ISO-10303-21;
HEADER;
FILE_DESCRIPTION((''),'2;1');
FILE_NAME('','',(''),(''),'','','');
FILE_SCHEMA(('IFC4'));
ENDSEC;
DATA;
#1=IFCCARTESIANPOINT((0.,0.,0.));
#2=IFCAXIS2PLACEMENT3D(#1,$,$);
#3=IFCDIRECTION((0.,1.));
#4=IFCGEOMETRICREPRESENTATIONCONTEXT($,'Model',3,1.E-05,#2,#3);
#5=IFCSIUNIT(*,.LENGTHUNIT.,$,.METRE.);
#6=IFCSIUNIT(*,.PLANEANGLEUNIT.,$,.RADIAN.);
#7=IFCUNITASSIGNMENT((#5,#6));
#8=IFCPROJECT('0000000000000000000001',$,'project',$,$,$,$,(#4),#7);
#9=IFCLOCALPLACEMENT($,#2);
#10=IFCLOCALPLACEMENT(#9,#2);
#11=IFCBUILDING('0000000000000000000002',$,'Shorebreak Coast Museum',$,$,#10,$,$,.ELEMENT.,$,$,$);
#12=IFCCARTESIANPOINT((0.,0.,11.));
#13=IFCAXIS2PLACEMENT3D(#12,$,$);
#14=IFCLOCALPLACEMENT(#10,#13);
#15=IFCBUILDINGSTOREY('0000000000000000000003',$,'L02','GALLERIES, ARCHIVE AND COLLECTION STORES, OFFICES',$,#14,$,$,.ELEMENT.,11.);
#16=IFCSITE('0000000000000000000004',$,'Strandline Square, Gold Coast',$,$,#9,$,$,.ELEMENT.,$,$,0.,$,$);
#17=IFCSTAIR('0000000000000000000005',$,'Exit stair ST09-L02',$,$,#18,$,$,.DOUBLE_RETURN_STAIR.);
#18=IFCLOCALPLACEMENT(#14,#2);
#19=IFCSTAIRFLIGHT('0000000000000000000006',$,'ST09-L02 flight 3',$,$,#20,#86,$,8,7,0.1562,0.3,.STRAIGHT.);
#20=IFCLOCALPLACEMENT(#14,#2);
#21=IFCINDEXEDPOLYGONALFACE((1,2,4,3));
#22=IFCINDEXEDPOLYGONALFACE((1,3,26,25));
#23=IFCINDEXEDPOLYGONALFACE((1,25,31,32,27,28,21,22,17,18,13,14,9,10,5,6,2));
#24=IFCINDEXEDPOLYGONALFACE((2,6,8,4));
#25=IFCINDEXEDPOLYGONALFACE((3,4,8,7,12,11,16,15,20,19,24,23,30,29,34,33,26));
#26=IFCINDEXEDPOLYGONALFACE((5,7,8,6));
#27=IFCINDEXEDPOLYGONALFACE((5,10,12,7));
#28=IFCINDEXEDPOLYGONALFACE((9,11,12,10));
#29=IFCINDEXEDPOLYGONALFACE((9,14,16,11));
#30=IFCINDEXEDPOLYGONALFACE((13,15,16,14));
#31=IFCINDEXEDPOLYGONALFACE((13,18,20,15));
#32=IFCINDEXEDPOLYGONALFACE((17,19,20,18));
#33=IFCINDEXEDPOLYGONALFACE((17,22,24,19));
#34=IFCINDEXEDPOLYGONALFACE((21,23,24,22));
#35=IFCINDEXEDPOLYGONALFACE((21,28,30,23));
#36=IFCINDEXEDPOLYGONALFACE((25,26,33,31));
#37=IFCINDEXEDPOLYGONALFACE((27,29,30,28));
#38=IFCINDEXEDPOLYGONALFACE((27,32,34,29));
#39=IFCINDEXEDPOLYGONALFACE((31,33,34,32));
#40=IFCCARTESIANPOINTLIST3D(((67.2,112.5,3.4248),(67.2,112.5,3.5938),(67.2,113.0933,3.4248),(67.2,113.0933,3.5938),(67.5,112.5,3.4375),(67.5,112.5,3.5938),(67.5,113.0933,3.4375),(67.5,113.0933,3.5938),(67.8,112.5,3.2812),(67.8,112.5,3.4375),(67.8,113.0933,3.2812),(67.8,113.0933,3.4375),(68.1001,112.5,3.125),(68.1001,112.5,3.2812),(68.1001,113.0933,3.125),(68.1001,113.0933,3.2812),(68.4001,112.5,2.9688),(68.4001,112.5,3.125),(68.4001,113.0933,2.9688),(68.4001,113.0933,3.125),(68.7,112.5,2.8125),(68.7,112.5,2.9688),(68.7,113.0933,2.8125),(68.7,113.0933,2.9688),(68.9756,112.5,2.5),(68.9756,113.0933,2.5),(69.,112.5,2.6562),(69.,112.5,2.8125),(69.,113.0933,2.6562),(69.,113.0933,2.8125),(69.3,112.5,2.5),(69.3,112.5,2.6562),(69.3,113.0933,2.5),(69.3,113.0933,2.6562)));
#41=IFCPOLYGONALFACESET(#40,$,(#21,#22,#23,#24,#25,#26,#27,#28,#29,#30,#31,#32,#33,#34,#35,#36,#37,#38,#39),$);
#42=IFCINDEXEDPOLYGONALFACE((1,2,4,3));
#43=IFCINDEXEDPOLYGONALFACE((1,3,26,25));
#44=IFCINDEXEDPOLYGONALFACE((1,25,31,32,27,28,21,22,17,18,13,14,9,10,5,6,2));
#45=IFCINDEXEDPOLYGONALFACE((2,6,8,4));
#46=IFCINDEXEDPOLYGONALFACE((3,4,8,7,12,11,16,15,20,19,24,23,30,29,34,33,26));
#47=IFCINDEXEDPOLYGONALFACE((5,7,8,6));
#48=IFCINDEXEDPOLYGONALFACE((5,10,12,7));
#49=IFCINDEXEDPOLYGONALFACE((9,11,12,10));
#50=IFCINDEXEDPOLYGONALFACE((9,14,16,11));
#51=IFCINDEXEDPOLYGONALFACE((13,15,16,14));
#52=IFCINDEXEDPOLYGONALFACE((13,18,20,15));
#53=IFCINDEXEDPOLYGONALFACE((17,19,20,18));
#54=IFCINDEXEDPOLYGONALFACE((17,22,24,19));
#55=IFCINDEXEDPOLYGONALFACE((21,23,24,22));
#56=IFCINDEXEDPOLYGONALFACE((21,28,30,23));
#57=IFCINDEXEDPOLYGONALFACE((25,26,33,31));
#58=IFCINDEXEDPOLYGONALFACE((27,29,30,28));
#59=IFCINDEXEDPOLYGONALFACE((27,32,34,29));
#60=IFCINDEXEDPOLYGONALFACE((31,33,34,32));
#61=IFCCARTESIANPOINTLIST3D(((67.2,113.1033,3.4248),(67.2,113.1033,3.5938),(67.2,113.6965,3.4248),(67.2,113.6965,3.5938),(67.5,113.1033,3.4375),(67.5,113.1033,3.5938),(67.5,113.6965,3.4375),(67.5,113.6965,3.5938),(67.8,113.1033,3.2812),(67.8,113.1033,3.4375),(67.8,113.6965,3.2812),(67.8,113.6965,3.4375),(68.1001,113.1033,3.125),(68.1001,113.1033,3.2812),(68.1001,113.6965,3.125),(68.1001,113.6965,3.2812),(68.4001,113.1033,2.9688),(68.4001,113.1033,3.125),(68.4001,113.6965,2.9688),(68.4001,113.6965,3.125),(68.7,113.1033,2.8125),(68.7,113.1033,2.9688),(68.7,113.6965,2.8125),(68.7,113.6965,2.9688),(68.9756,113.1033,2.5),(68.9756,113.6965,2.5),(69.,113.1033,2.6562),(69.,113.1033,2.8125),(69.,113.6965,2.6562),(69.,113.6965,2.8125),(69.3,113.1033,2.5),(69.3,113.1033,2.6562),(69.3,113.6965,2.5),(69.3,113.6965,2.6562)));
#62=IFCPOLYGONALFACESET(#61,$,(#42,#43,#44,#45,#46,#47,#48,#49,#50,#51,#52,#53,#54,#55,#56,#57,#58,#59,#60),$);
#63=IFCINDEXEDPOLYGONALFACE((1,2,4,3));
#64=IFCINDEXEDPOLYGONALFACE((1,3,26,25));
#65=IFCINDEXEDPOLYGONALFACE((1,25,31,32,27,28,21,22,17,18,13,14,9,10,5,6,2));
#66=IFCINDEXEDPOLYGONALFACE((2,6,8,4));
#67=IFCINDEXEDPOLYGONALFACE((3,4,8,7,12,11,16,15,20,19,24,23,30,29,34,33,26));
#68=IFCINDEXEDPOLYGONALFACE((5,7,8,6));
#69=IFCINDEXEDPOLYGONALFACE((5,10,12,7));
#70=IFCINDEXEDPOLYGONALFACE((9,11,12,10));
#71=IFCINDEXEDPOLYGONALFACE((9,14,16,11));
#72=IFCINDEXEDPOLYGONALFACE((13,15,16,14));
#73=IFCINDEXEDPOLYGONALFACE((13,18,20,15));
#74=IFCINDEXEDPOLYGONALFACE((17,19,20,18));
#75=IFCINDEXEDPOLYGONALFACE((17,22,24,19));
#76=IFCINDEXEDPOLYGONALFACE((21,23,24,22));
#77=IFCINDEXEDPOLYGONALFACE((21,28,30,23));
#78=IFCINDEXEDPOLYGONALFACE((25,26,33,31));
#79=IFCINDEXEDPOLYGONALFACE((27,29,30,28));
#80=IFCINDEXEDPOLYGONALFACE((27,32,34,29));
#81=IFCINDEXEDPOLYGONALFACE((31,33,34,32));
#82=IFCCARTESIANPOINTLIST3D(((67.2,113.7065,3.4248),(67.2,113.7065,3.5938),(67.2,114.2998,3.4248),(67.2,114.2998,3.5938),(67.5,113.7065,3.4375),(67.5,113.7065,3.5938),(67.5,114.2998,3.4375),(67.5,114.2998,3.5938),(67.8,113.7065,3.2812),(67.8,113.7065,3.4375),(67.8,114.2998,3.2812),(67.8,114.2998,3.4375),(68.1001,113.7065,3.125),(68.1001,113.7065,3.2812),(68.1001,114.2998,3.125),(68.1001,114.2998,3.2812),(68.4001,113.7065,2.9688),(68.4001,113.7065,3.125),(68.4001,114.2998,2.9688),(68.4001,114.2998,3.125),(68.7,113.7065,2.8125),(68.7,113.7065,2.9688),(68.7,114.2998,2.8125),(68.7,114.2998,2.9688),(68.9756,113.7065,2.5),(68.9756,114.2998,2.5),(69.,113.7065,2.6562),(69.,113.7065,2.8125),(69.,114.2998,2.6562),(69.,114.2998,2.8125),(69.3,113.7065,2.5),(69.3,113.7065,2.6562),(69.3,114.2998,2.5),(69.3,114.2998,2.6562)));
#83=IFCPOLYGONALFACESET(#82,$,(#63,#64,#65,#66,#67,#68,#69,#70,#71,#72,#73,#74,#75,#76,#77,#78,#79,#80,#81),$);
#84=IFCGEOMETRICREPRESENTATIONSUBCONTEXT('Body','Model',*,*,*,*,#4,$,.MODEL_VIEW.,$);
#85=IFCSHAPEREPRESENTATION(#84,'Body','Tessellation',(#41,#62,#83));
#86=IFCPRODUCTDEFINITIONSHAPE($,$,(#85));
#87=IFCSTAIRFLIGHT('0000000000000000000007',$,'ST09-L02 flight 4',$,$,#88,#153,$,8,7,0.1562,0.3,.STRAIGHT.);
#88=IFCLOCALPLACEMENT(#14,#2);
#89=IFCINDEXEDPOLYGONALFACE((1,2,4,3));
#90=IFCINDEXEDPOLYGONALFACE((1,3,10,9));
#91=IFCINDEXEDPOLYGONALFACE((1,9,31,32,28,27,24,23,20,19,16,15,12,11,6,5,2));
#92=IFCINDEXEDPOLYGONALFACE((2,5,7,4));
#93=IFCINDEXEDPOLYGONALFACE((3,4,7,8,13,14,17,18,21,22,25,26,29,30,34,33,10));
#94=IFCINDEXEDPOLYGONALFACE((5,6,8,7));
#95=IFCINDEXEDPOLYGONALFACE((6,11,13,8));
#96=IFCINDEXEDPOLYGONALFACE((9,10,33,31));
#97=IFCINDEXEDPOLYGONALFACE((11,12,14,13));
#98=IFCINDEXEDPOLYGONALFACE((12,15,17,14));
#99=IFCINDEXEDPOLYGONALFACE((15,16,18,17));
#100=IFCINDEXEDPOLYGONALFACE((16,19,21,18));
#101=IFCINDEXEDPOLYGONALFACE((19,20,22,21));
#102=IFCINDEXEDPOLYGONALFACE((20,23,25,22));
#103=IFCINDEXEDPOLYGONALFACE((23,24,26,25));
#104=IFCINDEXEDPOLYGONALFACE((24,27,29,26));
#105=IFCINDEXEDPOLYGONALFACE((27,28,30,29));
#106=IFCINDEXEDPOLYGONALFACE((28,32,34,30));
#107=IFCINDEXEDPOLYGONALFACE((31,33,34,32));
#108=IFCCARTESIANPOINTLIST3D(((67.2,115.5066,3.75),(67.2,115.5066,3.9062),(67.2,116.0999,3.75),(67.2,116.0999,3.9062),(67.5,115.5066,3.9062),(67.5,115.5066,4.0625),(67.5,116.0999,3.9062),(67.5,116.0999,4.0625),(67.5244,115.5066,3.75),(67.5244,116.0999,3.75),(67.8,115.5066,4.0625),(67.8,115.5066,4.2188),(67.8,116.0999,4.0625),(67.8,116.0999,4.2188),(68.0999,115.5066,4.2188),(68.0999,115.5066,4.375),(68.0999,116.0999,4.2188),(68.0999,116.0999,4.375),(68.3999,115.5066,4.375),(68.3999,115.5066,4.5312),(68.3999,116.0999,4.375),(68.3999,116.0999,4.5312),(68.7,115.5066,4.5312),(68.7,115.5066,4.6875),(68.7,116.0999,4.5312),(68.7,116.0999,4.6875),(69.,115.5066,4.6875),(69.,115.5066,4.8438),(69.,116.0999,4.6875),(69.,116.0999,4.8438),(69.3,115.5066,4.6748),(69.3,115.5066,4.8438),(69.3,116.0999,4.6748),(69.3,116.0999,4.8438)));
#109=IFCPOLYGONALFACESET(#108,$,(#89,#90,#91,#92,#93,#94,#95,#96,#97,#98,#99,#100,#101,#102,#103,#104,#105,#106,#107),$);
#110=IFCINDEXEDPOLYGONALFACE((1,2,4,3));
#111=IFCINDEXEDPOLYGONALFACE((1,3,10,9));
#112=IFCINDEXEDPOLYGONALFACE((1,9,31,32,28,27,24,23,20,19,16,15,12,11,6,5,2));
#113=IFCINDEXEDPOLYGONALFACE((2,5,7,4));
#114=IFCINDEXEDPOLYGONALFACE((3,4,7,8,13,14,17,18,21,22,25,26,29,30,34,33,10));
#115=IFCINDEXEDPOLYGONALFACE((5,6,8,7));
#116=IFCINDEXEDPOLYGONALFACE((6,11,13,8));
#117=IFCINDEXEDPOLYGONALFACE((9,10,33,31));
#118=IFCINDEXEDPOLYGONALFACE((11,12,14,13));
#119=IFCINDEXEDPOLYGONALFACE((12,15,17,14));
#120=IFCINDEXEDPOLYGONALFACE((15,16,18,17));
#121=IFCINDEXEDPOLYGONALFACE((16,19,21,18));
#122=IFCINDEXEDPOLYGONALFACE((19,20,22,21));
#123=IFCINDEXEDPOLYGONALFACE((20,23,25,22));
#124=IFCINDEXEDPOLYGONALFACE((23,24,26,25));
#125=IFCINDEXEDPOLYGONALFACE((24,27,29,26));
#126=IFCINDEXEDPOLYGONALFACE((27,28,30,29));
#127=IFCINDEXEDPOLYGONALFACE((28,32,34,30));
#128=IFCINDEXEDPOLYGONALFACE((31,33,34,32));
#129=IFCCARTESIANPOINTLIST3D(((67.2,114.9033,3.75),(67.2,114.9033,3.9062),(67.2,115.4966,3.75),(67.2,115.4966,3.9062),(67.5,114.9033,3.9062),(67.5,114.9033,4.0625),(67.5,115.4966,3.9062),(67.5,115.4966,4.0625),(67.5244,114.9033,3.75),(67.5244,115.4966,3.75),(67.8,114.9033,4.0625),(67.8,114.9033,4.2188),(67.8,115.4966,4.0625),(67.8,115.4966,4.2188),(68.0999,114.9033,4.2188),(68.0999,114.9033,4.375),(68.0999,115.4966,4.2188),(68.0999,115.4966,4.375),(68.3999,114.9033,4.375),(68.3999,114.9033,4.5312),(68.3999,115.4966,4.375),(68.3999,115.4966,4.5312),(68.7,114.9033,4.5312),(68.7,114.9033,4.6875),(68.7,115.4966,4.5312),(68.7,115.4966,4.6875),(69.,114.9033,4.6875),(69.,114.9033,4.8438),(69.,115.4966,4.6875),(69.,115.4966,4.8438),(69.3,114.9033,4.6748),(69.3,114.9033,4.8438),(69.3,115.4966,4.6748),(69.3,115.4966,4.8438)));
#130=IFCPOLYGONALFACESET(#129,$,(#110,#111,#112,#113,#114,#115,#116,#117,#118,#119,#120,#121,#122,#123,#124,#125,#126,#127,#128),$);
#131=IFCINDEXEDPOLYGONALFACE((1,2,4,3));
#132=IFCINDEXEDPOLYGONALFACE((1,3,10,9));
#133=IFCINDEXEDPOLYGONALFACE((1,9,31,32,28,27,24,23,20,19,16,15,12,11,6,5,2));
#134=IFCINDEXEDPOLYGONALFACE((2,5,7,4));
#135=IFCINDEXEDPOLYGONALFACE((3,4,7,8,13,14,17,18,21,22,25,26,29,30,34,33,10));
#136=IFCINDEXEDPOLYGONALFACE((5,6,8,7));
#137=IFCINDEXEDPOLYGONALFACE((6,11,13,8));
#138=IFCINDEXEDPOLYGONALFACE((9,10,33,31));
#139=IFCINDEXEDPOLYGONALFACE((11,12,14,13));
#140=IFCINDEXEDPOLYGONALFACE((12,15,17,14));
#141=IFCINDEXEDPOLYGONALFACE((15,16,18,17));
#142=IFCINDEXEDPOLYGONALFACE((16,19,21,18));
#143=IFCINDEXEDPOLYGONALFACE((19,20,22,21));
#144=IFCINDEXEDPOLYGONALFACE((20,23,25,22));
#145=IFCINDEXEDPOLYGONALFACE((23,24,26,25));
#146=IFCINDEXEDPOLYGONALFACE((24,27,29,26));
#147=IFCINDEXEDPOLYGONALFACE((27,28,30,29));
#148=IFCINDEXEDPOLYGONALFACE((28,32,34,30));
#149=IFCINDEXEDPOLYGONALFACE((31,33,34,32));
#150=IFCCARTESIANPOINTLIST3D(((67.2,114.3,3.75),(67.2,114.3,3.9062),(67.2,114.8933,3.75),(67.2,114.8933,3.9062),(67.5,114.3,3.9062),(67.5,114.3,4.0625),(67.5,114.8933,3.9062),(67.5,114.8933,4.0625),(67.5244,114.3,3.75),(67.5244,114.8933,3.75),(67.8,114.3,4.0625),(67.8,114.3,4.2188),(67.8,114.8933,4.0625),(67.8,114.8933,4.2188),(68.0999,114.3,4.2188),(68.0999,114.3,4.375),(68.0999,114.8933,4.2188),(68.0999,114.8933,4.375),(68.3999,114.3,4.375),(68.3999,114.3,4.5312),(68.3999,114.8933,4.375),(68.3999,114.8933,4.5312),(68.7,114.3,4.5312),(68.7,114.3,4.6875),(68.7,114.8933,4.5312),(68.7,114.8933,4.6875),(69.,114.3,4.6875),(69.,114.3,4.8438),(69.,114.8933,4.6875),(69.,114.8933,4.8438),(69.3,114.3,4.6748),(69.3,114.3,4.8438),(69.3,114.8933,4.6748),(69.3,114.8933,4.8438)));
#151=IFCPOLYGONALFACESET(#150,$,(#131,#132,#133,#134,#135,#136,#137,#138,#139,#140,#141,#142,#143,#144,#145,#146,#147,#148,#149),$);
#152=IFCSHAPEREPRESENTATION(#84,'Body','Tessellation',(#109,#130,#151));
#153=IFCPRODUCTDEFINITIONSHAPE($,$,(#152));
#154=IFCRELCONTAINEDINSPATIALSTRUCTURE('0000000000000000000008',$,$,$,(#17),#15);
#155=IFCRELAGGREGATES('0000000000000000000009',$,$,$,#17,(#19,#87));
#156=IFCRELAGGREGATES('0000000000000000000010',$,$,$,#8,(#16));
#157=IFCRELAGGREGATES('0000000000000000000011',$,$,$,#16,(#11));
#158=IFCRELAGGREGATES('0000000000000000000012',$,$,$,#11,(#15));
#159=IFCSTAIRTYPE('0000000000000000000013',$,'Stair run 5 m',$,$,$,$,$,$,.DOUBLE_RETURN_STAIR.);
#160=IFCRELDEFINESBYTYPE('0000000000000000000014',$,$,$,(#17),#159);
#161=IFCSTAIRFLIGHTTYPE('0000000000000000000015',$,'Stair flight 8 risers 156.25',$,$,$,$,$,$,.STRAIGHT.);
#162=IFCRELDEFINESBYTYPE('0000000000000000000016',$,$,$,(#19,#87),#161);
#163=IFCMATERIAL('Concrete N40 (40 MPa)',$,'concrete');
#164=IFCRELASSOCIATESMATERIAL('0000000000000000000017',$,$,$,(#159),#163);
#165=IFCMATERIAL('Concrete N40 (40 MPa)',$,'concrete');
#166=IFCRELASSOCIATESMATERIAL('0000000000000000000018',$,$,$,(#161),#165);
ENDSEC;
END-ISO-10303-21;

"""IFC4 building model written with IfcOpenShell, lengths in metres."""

from ifc_helpers import new_model, si_unit, direction, frame, origin, place, context, subcontext, project, spatial, polyline, outline, extrude, material, type_object, element, aggregate, save


model = new_model("IFC4")

# Units and contexts
model_context = context("Model", 3, precision=1e-05, world=origin(), true_north=direction((0.0, 1.0)))
body_context = subcontext(model_context, "Body", "Model", "MODEL_VIEW")
ifc_project = project(units=[si_unit("LENGTHUNIT", "METRE"), si_unit("PLANEANGLEUNIT", "RADIAN")], contexts=[model_context])

# Site, building, storey
site_placement = place(None, origin())
site = spatial("IfcSite", under=ifc_project, at=site_placement, Name="Strandline Square, Gold Coast", CompositionType="ELEMENT", RefElevation=0.0)
building_placement = place(site_placement, origin())
building = spatial("IfcBuilding", under=site, at=building_placement, Name="Shorebreak Coast Museum", CompositionType="ELEMENT")
storey_placement = place(building_placement, frame((0.0, 0.0, 11.0)))
storey = spatial("IfcBuildingStorey", under=building, at=storey_placement, Name="L02", Description="GALLERIES, ARCHIVE AND COLLECTION STORES, OFFICES", CompositionType="ELEMENT", Elevation=11.0)

# Stair, stair flights
ifc_material_1 = material(Name="Concrete N40 (40 MPa)", Category="concrete")
stair_type = type_object("IfcStairType", Name="Stair run 5 m", PredefinedType="DOUBLE_RETURN_STAIR", material=ifc_material_1)
stair_placement = place(storey_placement, origin())
stair = element("IfcStair", 1, at=stair_placement, inside=storey, type_object=stair_type, Name="Exit stair ST09-L02", PredefinedType="DOUBLE_RETURN_STAIR")
ifc_material_2 = material(Name="Concrete N40 (40 MPa)", Category="concrete")
stair_flight_type = type_object("IfcStairFlightType", Name="Stair flight 8 risers 156.25", PredefinedType="STRAIGHT", material=ifc_material_2)
stair_flight_1_placement = place(storey_placement, frame((69.3, 113.3999, 2.5), z_axis=(0.0, 0.0, 1.0), x_axis=(-1.0, 0.0, 0.0)))
stair_flight_1 = element("IfcStairFlight", 2, at=stair_flight_1_placement, type_object=stair_flight_type, Name="ST09-L02 flight 3", NumberOfRisers=8, NumberOfTreads=7, PredefinedType="STRAIGHT", RiserHeight=0.1562, TreadLength=0.3, context=body_context, shape_type="SweptSolid", body=[
    extrude(outline(polyline([(0.0, 0.0), (0.0, 0.1562), (0.3, 0.1562), (0.3, 0.3125), (0.6001, 0.3125), (0.6001, 0.4688), (0.8999, 0.4688), (0.8999, 0.625), (1.2, 0.625), (1.2, 0.7812), (1.5, 0.7812), (1.5, 0.9375), (1.8, 0.9375), (1.8, 1.0938), (2.1001, 1.0938), (2.1001, 1.25), (2.1001, 0.9248), (0.3245, 0.0), (0.0, 0.0)])), frame((0.0, 0.8999, 0.0), z_axis=(0.0, -1.0, 0.0), x_axis=(1.0, 0.0, 0.0)), (0.0, 0.0, 1.0), 0.5933),
    extrude(outline(polyline([(0.0, 0.0), (0.0, 0.1562), (0.3, 0.1562), (0.3, 0.3125), (0.6001, 0.3125), (0.6001, 0.4688), (0.8999, 0.4688), (0.8999, 0.625), (1.2, 0.625), (1.2, 0.7812), (1.5, 0.7812), (1.5, 0.9375), (1.8, 0.9375), (1.8, 1.0938), (2.1001, 1.0938), (2.1001, 1.25), (2.1001, 0.9248), (0.3245, 0.0), (0.0, 0.0)])), frame((0.0, 0.2966, 0.0), z_axis=(0.0, -1.0, 0.0), x_axis=(1.0, 0.0, 0.0)), (0.0, 0.0, 1.0), 0.5933),
    extrude(outline(polyline([(0.0, 0.0), (0.0, 0.1562), (0.3, 0.1562), (0.3, 0.3125), (0.6001, 0.3125), (0.6001, 0.4688), (0.8999, 0.4688), (0.8999, 0.625), (1.2, 0.625), (1.2, 0.7812), (1.5, 0.7812), (1.5, 0.9375), (1.8, 0.9375), (1.8, 1.0938), (2.1001, 1.0938), (2.1001, 1.25), (2.1001, 0.9248), (0.3245, 0.0), (0.0, 0.0)])), frame((0.0, -0.3066, 0.0), z_axis=(0.0, -1.0, 0.0), x_axis=(1.0, 0.0, 0.0)), (0.0, 0.0, 1.0), 0.5933),
])
stair_flight_2_placement = place(storey_placement, frame((67.2, 115.2, 3.75), z_axis=(0.0, 0.0, 1.0), x_axis=(1.0, 0.0, 0.0)))
stair_flight_2 = element("IfcStairFlight", 3, at=stair_flight_2_placement, type_object=stair_flight_type, Name="ST09-L02 flight 4", NumberOfRisers=8, NumberOfTreads=7, PredefinedType="STRAIGHT", RiserHeight=0.1562, TreadLength=0.3, context=body_context, shape_type="SweptSolid", body=[
    extrude(outline(polyline([(0.0, 0.0), (0.0, 0.1562), (0.3, 0.1562), (0.3, 0.3125), (0.6001, 0.3125), (0.6001, 0.4688), (0.8999, 0.4688), (0.8999, 0.625), (1.2, 0.625), (1.2, 0.7812), (1.5, 0.7812), (1.5, 0.9375), (1.8, 0.9375), (1.8, 1.0938), (2.1001, 1.0938), (2.1001, 1.25), (2.1001, 0.9248), (0.3245, 0.0), (0.0, 0.0)])), frame((0.0, 0.8999, 0.0), z_axis=(0.0, -1.0, 0.0), x_axis=(1.0, 0.0, 0.0)), (0.0, 0.0, 1.0), 0.5933),
    extrude(outline(polyline([(0.0, 0.0), (0.0, 0.1562), (0.3, 0.1562), (0.3, 0.3125), (0.6001, 0.3125), (0.6001, 0.4688), (0.8999, 0.4688), (0.8999, 0.625), (1.2, 0.625), (1.2, 0.7812), (1.5, 0.7812), (1.5, 0.9375), (1.8, 0.9375), (1.8, 1.0938), (2.1001, 1.0938), (2.1001, 1.25), (2.1001, 0.9248), (0.3245, 0.0), (0.0, 0.0)])), frame((0.0, 0.2966, 0.0), z_axis=(0.0, -1.0, 0.0), x_axis=(1.0, 0.0, 0.0)), (0.0, 0.0, 1.0), 0.5933),
    extrude(outline(polyline([(0.0, 0.0), (0.0, 0.1562), (0.3, 0.1562), (0.3, 0.3125), (0.6001, 0.3125), (0.6001, 0.4688), (0.8999, 0.4688), (0.8999, 0.625), (1.2, 0.625), (1.2, 0.7812), (1.5, 0.7812), (1.5, 0.9375), (1.8, 0.9375), (1.8, 1.0938), (2.1001, 1.0938), (2.1001, 1.25), (2.1001, 0.9248), (0.3245, 0.0), (0.0, 0.0)])), frame((0.0, -0.3066, 0.0), z_axis=(0.0, -1.0, 0.0), x_axis=(1.0, 0.0, 0.0)), (0.0, 0.0, 1.0), 0.5933),
])
aggregate(stair, [stair_flight_1, stair_flight_2])

save(model, "model.ifc")
